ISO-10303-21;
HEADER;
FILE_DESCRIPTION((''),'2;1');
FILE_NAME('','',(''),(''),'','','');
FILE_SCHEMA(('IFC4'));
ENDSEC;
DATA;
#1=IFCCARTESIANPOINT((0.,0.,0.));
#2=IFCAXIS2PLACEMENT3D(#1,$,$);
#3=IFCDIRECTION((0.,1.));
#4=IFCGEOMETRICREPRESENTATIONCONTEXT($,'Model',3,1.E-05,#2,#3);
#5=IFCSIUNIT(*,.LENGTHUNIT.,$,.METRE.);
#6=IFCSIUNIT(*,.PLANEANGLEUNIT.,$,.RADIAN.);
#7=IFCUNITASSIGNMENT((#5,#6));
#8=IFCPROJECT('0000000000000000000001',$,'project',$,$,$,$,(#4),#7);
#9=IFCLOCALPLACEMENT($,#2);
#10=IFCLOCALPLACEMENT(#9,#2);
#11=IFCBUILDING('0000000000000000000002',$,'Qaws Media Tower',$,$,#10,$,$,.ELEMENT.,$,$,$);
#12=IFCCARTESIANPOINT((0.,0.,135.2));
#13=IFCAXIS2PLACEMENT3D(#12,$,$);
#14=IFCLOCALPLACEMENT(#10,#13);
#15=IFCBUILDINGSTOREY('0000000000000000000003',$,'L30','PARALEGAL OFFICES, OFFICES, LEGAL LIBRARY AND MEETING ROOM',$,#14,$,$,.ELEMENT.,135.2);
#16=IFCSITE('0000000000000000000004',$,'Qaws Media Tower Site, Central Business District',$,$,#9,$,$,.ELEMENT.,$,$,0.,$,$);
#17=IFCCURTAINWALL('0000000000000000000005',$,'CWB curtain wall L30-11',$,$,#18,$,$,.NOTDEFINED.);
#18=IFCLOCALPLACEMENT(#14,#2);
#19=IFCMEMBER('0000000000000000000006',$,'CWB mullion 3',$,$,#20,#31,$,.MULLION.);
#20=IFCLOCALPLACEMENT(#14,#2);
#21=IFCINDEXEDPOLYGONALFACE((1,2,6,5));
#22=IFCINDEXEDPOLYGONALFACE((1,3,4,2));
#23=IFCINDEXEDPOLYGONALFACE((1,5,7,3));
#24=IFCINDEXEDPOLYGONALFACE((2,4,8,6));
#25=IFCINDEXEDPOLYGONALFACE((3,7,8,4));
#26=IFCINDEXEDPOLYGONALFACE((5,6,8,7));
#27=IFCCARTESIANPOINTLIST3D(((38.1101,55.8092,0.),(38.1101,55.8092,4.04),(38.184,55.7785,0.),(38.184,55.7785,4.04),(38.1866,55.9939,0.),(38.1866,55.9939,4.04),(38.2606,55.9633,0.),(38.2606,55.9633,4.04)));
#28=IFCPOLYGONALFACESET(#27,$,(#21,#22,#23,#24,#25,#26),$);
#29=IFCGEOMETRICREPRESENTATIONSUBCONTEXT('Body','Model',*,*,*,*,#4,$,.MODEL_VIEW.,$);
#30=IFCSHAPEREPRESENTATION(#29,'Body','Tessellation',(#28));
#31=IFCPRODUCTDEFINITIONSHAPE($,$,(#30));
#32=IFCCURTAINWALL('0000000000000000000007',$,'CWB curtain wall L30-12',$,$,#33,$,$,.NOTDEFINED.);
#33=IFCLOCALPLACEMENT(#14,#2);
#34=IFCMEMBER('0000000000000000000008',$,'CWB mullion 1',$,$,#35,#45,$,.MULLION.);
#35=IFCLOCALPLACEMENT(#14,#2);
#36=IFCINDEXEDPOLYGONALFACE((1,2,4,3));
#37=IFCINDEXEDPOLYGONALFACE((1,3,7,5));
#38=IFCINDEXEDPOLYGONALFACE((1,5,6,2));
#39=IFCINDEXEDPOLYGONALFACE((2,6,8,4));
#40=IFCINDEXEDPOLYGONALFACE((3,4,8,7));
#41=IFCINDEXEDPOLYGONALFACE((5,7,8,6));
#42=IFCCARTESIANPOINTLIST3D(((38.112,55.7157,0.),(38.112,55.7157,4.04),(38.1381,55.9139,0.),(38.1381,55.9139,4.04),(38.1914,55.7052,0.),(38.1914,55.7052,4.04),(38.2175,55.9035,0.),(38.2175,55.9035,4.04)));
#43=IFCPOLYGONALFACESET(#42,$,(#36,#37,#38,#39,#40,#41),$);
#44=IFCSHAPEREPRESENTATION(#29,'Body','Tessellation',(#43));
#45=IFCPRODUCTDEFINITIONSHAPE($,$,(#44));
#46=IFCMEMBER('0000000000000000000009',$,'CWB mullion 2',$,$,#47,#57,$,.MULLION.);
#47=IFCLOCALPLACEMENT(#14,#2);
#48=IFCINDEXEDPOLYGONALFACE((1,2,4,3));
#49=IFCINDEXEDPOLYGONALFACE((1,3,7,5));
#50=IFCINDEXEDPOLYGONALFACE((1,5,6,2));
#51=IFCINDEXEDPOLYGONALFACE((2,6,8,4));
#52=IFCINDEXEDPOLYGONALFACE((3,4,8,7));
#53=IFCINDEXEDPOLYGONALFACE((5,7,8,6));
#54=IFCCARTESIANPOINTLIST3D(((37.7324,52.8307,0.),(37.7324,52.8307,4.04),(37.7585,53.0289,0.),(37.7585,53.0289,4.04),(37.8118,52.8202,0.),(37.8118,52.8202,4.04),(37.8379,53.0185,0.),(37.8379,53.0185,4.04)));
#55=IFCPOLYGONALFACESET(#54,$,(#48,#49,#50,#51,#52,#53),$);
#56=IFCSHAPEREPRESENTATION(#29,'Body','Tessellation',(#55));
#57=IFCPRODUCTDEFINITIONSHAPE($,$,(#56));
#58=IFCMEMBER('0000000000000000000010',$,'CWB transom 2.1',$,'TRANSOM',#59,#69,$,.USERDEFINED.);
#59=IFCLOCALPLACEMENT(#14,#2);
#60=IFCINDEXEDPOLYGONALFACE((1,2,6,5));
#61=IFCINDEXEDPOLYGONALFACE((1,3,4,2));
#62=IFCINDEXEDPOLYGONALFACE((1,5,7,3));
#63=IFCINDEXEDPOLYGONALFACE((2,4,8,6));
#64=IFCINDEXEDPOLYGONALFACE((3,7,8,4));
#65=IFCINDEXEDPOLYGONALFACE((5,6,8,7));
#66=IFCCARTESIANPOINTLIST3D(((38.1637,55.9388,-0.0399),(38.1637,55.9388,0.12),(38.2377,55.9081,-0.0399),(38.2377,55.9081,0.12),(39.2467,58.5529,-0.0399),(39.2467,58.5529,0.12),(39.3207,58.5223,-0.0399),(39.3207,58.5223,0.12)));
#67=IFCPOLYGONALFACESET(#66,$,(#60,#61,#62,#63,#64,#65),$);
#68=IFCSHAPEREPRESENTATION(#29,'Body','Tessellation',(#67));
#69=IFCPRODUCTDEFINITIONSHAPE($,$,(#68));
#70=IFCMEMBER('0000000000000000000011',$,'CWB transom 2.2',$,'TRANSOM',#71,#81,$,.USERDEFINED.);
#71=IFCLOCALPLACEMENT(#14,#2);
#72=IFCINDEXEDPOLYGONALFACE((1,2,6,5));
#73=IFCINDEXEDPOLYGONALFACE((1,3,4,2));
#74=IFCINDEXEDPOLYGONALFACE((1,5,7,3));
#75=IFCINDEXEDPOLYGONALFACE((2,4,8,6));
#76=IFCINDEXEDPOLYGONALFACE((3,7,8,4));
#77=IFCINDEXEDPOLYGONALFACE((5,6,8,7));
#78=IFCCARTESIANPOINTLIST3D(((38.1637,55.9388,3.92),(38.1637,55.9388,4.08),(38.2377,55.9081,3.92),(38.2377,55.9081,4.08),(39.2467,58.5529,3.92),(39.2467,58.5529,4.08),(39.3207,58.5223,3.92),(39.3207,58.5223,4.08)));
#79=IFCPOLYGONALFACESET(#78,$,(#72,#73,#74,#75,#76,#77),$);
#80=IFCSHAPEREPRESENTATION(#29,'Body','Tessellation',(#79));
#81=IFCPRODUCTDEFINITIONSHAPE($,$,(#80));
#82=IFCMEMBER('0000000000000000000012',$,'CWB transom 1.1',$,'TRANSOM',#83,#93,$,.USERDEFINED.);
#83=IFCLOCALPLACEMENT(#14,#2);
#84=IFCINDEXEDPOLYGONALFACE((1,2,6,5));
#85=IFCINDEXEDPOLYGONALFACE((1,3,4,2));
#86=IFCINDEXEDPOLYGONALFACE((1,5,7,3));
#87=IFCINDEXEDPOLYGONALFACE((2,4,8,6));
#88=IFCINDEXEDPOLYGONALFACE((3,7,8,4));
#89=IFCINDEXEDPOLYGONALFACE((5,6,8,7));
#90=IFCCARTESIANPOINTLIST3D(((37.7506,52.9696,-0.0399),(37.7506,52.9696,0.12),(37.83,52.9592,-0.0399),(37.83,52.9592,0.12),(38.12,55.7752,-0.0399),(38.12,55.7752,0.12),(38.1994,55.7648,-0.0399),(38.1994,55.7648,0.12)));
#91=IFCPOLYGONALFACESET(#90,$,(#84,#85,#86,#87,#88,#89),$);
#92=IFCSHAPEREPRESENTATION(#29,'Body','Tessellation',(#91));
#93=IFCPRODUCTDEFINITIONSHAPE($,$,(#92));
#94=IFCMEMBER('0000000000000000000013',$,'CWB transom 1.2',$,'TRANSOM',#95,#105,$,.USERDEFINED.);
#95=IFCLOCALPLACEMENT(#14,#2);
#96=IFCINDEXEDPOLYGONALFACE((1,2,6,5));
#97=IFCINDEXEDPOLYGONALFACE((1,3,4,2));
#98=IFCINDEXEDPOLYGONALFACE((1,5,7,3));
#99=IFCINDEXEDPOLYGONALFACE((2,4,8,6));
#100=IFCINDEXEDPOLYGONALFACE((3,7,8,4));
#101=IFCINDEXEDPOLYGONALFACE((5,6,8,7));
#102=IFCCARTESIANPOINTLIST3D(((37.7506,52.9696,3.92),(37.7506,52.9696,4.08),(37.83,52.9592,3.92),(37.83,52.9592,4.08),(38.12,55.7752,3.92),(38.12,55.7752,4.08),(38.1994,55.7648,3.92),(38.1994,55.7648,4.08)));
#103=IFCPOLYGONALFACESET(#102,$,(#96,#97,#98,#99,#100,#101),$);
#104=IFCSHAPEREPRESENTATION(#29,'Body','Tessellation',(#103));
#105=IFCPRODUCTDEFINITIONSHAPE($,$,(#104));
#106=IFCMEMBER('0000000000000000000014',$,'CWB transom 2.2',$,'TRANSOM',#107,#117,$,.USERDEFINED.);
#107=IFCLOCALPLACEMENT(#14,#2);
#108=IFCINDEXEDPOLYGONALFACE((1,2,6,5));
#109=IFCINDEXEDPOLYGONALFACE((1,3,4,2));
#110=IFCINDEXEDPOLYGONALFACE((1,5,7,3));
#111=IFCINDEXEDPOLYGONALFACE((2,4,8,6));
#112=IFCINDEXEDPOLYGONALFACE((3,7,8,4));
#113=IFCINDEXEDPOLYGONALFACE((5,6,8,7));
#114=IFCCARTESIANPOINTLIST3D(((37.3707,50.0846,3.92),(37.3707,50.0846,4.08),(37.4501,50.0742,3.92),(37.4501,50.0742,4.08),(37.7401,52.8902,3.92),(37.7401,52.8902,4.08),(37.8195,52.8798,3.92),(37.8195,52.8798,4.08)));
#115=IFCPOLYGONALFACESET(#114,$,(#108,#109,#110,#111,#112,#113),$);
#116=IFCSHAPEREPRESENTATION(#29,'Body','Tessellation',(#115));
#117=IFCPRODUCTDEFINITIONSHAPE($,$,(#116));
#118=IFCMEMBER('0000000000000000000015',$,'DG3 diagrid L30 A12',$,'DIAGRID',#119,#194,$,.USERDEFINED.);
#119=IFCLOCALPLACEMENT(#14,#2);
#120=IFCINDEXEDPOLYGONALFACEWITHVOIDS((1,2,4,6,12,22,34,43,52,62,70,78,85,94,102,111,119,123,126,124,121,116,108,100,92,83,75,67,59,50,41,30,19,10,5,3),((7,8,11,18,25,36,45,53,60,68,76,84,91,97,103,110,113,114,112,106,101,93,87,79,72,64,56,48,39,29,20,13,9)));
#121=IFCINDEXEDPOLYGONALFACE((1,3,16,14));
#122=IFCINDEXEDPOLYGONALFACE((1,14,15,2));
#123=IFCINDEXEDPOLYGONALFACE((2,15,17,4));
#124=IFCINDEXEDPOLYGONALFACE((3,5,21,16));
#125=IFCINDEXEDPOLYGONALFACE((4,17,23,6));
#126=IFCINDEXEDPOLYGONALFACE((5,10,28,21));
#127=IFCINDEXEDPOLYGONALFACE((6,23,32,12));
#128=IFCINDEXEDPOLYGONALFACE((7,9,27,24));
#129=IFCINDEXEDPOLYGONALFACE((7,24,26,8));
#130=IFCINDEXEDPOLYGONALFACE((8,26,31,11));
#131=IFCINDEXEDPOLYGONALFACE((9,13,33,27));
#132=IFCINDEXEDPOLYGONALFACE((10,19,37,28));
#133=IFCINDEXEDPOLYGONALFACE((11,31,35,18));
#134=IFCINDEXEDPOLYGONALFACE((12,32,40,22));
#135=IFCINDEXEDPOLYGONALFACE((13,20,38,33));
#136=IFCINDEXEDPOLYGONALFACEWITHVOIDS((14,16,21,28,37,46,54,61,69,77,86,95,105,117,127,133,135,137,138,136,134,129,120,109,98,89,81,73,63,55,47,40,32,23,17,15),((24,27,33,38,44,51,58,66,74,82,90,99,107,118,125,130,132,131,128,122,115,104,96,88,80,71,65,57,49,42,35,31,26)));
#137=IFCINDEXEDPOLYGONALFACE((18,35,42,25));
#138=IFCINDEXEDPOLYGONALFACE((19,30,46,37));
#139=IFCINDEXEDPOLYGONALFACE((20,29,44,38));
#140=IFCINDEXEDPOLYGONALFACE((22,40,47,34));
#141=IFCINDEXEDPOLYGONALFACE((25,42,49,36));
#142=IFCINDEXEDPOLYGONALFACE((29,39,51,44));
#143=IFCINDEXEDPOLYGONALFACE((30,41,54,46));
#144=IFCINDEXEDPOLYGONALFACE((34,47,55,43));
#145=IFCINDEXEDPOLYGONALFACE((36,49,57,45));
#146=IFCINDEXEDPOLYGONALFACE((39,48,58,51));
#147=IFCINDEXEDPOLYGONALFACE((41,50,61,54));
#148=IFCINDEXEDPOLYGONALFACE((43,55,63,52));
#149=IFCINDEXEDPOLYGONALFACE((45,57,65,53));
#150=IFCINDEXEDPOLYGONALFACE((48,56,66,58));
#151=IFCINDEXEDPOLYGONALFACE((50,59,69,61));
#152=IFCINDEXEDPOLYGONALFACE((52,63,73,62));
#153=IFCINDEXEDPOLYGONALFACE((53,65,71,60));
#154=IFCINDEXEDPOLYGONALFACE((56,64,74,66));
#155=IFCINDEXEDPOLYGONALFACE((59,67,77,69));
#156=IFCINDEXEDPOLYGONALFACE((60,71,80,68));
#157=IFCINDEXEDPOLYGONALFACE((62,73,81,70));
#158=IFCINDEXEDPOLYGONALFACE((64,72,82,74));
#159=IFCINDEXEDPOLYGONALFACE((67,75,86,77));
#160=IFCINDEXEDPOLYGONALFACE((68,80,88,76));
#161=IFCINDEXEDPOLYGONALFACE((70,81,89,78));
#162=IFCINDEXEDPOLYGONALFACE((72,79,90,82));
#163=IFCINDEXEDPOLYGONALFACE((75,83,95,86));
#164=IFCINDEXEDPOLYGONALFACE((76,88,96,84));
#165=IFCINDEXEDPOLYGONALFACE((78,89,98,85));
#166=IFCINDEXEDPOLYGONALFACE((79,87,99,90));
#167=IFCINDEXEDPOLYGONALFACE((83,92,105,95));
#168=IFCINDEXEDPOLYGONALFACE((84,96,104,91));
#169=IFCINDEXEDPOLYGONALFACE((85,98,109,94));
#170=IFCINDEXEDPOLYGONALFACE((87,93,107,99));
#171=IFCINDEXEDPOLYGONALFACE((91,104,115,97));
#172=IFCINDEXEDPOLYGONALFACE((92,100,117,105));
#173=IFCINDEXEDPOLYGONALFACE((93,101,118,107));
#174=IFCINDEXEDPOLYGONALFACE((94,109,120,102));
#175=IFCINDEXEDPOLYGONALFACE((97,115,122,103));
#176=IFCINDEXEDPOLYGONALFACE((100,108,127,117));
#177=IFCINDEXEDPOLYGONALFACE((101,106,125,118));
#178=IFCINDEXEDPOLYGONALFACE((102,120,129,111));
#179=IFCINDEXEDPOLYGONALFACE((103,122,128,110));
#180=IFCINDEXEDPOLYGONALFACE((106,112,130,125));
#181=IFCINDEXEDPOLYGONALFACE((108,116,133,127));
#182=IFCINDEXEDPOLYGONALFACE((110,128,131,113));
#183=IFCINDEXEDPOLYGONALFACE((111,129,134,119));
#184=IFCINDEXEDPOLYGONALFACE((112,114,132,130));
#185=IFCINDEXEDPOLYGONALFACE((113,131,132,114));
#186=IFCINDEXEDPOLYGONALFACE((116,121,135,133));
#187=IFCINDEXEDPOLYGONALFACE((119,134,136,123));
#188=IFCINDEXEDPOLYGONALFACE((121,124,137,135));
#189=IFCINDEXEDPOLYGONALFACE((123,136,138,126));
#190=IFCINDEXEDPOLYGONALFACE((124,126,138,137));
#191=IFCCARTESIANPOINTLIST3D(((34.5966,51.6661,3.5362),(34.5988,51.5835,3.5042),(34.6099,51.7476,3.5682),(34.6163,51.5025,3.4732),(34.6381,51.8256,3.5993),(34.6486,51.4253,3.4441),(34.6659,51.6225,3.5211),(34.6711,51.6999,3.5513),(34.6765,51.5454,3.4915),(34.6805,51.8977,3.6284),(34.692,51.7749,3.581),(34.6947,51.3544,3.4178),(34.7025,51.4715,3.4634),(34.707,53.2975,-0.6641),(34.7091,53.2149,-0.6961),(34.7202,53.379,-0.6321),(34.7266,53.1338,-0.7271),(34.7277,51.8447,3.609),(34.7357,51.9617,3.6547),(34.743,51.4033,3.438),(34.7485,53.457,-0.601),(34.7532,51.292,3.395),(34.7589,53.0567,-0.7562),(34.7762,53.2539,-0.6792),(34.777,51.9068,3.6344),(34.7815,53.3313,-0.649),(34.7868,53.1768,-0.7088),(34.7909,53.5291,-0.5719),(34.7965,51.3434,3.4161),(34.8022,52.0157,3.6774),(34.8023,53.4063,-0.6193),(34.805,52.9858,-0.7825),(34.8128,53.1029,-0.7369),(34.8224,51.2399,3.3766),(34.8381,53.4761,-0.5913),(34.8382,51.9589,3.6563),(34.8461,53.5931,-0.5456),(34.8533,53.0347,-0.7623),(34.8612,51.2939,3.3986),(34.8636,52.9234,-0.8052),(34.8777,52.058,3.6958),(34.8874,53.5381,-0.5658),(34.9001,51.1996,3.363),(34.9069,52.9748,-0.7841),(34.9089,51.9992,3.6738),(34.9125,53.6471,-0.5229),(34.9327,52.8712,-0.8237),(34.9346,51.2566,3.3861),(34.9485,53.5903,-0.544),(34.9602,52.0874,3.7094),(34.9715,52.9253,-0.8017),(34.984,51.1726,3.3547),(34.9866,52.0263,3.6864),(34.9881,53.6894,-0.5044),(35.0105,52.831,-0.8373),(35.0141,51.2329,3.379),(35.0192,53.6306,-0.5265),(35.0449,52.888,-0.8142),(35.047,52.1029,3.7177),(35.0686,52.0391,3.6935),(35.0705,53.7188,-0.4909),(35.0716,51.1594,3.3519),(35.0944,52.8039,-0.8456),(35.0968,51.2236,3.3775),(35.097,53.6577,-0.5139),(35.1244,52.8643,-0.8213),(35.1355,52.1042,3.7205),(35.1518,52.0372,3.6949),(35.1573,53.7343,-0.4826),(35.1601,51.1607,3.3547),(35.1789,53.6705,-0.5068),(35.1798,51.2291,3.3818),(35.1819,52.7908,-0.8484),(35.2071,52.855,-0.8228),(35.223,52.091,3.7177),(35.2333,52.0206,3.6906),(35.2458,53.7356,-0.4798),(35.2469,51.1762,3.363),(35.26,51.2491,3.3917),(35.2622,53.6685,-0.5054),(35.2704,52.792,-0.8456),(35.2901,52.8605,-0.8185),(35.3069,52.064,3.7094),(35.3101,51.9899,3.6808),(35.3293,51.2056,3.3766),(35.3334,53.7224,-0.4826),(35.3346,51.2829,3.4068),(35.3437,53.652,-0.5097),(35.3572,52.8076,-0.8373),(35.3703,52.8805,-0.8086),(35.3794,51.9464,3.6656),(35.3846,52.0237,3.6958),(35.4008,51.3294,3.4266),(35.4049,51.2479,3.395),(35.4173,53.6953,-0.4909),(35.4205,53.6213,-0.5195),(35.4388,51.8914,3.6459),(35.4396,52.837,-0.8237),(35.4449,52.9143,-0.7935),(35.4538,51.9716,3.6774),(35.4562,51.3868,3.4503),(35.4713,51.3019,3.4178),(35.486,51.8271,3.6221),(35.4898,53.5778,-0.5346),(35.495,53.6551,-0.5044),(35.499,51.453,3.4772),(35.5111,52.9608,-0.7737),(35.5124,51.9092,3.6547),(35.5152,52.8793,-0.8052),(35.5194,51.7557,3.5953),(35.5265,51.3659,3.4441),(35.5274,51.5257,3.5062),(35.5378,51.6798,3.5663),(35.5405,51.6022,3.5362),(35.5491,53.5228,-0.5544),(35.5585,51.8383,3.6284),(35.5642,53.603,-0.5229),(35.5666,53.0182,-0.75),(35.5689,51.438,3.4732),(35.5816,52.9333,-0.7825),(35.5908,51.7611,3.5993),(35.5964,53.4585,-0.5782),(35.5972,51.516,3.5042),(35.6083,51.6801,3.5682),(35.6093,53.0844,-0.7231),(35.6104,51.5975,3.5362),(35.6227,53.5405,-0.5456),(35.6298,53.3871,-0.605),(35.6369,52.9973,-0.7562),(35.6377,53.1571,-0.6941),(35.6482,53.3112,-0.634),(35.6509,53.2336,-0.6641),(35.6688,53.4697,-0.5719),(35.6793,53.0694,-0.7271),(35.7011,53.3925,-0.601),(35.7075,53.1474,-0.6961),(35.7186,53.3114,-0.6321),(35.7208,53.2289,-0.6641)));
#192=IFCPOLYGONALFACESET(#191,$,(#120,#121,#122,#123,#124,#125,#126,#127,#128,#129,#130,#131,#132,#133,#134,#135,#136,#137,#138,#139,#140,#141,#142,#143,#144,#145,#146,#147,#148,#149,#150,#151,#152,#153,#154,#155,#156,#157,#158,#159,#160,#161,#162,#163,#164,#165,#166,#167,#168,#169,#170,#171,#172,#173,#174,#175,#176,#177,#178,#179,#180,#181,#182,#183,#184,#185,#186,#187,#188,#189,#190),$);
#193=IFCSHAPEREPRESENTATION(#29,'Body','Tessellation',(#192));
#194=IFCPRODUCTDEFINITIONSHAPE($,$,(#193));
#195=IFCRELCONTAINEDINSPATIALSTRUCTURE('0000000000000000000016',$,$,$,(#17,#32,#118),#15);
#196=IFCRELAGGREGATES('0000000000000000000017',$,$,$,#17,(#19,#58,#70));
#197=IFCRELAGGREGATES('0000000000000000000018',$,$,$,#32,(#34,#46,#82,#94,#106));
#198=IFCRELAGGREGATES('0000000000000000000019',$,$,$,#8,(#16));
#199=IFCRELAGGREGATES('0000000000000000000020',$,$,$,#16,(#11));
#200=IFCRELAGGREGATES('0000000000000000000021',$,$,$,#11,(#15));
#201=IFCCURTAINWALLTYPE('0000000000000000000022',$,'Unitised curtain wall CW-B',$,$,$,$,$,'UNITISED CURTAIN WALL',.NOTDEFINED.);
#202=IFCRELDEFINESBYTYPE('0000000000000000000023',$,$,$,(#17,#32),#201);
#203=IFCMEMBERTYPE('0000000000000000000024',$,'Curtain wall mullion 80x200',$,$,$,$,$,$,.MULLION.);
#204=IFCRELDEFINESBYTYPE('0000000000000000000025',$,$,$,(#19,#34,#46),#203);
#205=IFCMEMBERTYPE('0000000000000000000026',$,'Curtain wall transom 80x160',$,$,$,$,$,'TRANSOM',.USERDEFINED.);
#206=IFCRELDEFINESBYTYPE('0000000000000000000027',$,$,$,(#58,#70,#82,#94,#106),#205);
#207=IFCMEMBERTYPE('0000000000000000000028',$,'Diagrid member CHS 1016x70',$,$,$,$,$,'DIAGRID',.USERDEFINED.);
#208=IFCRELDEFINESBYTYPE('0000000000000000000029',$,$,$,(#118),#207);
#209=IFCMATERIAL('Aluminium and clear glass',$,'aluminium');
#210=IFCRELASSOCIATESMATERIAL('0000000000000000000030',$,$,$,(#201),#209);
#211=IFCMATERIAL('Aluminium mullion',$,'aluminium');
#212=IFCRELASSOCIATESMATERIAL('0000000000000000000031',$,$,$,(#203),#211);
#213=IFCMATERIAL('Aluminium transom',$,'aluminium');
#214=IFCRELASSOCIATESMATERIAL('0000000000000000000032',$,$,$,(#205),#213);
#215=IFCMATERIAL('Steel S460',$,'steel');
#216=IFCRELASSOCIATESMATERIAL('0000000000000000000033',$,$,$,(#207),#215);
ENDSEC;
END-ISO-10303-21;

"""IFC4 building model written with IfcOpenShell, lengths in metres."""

from ifc_helpers import new_model, si_unit, direction, frame, origin, origin_2d, place, context, subcontext, project, spatial, rectangle, hollow_circle, extrude, material, material_profile, profile_set, type_object, element, aggregate, save


model = new_model("IFC4")

# Units and contexts
model_context = context("Model", 3, precision=1e-05, world=origin(), true_north=direction((0.0, 1.0)))
body_context = subcontext(model_context, "Body", "Model", "MODEL_VIEW")
ifc_project = project(units=[si_unit("LENGTHUNIT", "METRE"), si_unit("PLANEANGLEUNIT", "RADIAN")], contexts=[model_context])

# Site, building, storey
site_placement = place(None, origin())
site = spatial("IfcSite", under=ifc_project, at=site_placement, Name="Qaws Media Tower Site, Central Business District", CompositionType="ELEMENT", RefElevation=0.0)
building_placement = place(site_placement, origin())
building = spatial("IfcBuilding", under=site, at=building_placement, Name="Qaws Media Tower", CompositionType="ELEMENT")
storey_placement = place(building_placement, frame((0.0, 0.0, 135.2)))
storey = spatial("IfcBuildingStorey", under=building, at=storey_placement, Name="L30", Description="PARALEGAL OFFICES, OFFICES, LEGAL LIBRARY AND MEETING ROOM", CompositionType="ELEMENT", Elevation=135.2)

# Curtain wall, member
ifc_material_1 = material(Name="Aluminium and clear glass", Category="aluminium")
curtain_wall_type = type_object("IfcCurtainWallType", Name="Unitised curtain wall CW-B", ElementType="UNITISED CURTAIN WALL", PredefinedType="NOTDEFINED", material=ifc_material_1)
curtain_wall_1_placement = place(storey_placement, origin())
curtain_wall_1 = element("IfcCurtainWall", 1, at=curtain_wall_1_placement, inside=storey, type_object=curtain_wall_type, Name="CWB curtain wall L30-11", PredefinedType="NOTDEFINED")
ifc_material_2 = material(Name="Aluminium mullion", Category="aluminium")
ifc_material_profile_1 = material_profile(ifc_material_2, rectangle(XDim=0.0801, YDim=0.2, at=origin_2d()), Name="80x200")
ifc_profile_set_1 = profile_set([ifc_material_profile_1], Name="Aluminium mullion")
member_type_1 = type_object("IfcMemberType", Name="Curtain wall mullion 80x200", PredefinedType="MULLION", material=ifc_profile_set_1)
member_1_placement = place(storey_placement, frame((38.1853, 55.8862, 0.0), z_axis=(0.0, 0.0, 1.0), x_axis=(0.92388, -0.382683, 0.0)))
member_1 = element("IfcMember", 2, at=member_1_placement, type_object=member_type_1, Name="CWB mullion 3", PredefinedType="MULLION", context=body_context, shape_type="SweptSolid", body=[
    extrude(rectangle(XDim=0.0801, YDim=0.2, at=origin_2d()), origin(), (0.0, 0.0, 1.0), 4.04),
])

# Curtain wall, members
curtain_wall_2_placement = place(storey_placement, origin())
curtain_wall_2 = element("IfcCurtainWall", 3, at=curtain_wall_2_placement, inside=storey, type_object=curtain_wall_type, Name="CWB curtain wall L30-12", PredefinedType="NOTDEFINED")
member_2_placement = place(storey_placement, frame((38.1648, 55.8096, 0.0), z_axis=(0.0, 0.0, 1.0), x_axis=(0.991445, -0.130526, 0.0)))
member_2 = element("IfcMember", 4, at=member_2_placement, type_object=member_type_1, Name="CWB mullion 1", PredefinedType="MULLION", context=body_context, shape_type="SweptSolid", body=[
    extrude(rectangle(XDim=0.0801, YDim=0.2, at=origin_2d()), origin(), (0.0, 0.0, 1.0), 4.04),
])
member_3_placement = place(storey_placement, frame((37.7852, 52.9246, 0.0), z_axis=(0.0, 0.0, 1.0), x_axis=(0.991445, -0.130526, 0.0)))
member_3 = element("IfcMember", 5, at=member_3_placement, type_object=member_type_1, Name="CWB mullion 2", PredefinedType="MULLION", context=body_context, shape_type="SweptSolid", body=[
    extrude(rectangle(XDim=0.0801, YDim=0.2, at=origin_2d()), origin(), (0.0, 0.0, 1.0), 4.04),
])

# Members
ifc_material_3 = material(Name="Aluminium transom", Category="aluminium")
ifc_material_profile_2 = material_profile(ifc_material_3, rectangle(XDim=0.0801, YDim=0.1599, at=origin_2d()), Name="80x160")
ifc_profile_set_2 = profile_set([ifc_material_profile_2], Name="Aluminium transom")
member_type_2 = type_object("IfcMemberType", Name="Curtain wall transom 80x160", ElementType="TRANSOM", PredefinedType="USERDEFINED", material=ifc_profile_set_2)
member_4_placement = place(storey_placement, frame((39.2837, 58.5376, 0.04), z_axis=(-0.382728, -0.923861, 0.0), x_axis=(0.923861, -0.382728, 0.0)))
member_4 = element("IfcMember", 6, at=member_4_placement, type_object=member_type_2, Name="CWB transom 2.1", ObjectType="TRANSOM", PredefinedType="USERDEFINED", context=body_context, shape_type="SweptSolid", body=[
    extrude(rectangle(XDim=0.0801, YDim=0.1599, at=origin_2d()), origin(), (0.0, 0.0, 1.0), 2.8296),
])
member_5_placement = place(storey_placement, frame((39.2837, 58.5376, 4.0), z_axis=(-0.382728, -0.923861, 0.0), x_axis=(0.923861, -0.382728, 0.0)))
member_5 = element("IfcMember", 7, at=member_5_placement, type_object=member_type_2, Name="CWB transom 2.2", ObjectType="TRANSOM", PredefinedType="USERDEFINED", context=body_context, shape_type="SweptSolid", body=[
    extrude(rectangle(XDim=0.0801, YDim=0.1599, at=origin_2d()), origin(), (0.0, 0.0, 1.0), 2.8296),
])
member_6_placement = place(storey_placement, frame((38.1597, 55.77, 0.04), z_axis=(-0.13053, -0.991444, 0.0), x_axis=(0.991444, -0.13053, 0.0)))
member_6 = element("IfcMember", 8, at=member_6_placement, type_object=member_type_2, Name="CWB transom 1.1", ObjectType="TRANSOM", PredefinedType="USERDEFINED", context=body_context, shape_type="SweptSolid", body=[
    extrude(rectangle(XDim=0.0801, YDim=0.1599, at=origin_2d()), origin(), (0.0, 0.0, 1.0), 2.8298),
])
member_7_placement = place(storey_placement, frame((38.1597, 55.77, 4.0), z_axis=(-0.13053, -0.991444, 0.0), x_axis=(0.991444, -0.13053, 0.0)))
member_7 = element("IfcMember", 9, at=member_7_placement, type_object=member_type_2, Name="CWB transom 1.2", ObjectType="TRANSOM", PredefinedType="USERDEFINED", context=body_context, shape_type="SweptSolid", body=[
    extrude(rectangle(XDim=0.0801, YDim=0.1599, at=origin_2d()), origin(), (0.0, 0.0, 1.0), 2.8298),
])
member_8_placement = place(storey_placement, frame((37.7798, 52.885, 4.0), z_axis=(-0.13053, -0.991444, 0.0), x_axis=(0.991444, -0.13053, 0.0)))
member_8 = element("IfcMember", 10, at=member_8_placement, type_object=member_type_2, Name="CWB transom 2.2", ObjectType="TRANSOM", PredefinedType="USERDEFINED", context=body_context, shape_type="SweptSolid", body=[
    extrude(rectangle(XDim=0.0801, YDim=0.1599, at=origin_2d()), origin(), (0.0, 0.0, 1.0), 2.8298),
])

# Member
ifc_material_4 = material(Name="Steel S460", Category="steel")
ifc_material_profile_3 = material_profile(ifc_material_4, hollow_circle(Radius=0.5081, WallThickness=0.0701, at=origin_2d()), Name="CHS 1016x70")
ifc_profile_set_3 = profile_set([ifc_material_profile_3], Name="Steel S460")
member_type_3 = type_object("IfcMemberType", Name="Diagrid member CHS 1016x70", ElementType="DIAGRID", PredefinedType="USERDEFINED", material=ifc_profile_set_3)
member_9_placement = place(storey_placement, frame((35.2139, 53.2632, -0.6641), z_axis=(-0.024483, -0.36194, 0.93188), x_axis=(0.99772, -0.06749, 0.0)))
element("IfcMember", 11, at=member_9_placement, inside=storey, type_object=member_type_3, Name="DG3 diagrid L30 A12", ObjectType="DIAGRID", PredefinedType="USERDEFINED", context=body_context, shape_type="SweptSolid", body=[
    extrude(hollow_circle(Radius=0.5081, WallThickness=0.0701, at=origin_2d()), origin(), (0.0, 0.0, 1.0), 4.5073),
])

aggregate(curtain_wall_1, [member_1, member_4, member_5])
aggregate(curtain_wall_2, [member_2, member_3, member_6, member_7, member_8])

save(model, "model.ifc")
